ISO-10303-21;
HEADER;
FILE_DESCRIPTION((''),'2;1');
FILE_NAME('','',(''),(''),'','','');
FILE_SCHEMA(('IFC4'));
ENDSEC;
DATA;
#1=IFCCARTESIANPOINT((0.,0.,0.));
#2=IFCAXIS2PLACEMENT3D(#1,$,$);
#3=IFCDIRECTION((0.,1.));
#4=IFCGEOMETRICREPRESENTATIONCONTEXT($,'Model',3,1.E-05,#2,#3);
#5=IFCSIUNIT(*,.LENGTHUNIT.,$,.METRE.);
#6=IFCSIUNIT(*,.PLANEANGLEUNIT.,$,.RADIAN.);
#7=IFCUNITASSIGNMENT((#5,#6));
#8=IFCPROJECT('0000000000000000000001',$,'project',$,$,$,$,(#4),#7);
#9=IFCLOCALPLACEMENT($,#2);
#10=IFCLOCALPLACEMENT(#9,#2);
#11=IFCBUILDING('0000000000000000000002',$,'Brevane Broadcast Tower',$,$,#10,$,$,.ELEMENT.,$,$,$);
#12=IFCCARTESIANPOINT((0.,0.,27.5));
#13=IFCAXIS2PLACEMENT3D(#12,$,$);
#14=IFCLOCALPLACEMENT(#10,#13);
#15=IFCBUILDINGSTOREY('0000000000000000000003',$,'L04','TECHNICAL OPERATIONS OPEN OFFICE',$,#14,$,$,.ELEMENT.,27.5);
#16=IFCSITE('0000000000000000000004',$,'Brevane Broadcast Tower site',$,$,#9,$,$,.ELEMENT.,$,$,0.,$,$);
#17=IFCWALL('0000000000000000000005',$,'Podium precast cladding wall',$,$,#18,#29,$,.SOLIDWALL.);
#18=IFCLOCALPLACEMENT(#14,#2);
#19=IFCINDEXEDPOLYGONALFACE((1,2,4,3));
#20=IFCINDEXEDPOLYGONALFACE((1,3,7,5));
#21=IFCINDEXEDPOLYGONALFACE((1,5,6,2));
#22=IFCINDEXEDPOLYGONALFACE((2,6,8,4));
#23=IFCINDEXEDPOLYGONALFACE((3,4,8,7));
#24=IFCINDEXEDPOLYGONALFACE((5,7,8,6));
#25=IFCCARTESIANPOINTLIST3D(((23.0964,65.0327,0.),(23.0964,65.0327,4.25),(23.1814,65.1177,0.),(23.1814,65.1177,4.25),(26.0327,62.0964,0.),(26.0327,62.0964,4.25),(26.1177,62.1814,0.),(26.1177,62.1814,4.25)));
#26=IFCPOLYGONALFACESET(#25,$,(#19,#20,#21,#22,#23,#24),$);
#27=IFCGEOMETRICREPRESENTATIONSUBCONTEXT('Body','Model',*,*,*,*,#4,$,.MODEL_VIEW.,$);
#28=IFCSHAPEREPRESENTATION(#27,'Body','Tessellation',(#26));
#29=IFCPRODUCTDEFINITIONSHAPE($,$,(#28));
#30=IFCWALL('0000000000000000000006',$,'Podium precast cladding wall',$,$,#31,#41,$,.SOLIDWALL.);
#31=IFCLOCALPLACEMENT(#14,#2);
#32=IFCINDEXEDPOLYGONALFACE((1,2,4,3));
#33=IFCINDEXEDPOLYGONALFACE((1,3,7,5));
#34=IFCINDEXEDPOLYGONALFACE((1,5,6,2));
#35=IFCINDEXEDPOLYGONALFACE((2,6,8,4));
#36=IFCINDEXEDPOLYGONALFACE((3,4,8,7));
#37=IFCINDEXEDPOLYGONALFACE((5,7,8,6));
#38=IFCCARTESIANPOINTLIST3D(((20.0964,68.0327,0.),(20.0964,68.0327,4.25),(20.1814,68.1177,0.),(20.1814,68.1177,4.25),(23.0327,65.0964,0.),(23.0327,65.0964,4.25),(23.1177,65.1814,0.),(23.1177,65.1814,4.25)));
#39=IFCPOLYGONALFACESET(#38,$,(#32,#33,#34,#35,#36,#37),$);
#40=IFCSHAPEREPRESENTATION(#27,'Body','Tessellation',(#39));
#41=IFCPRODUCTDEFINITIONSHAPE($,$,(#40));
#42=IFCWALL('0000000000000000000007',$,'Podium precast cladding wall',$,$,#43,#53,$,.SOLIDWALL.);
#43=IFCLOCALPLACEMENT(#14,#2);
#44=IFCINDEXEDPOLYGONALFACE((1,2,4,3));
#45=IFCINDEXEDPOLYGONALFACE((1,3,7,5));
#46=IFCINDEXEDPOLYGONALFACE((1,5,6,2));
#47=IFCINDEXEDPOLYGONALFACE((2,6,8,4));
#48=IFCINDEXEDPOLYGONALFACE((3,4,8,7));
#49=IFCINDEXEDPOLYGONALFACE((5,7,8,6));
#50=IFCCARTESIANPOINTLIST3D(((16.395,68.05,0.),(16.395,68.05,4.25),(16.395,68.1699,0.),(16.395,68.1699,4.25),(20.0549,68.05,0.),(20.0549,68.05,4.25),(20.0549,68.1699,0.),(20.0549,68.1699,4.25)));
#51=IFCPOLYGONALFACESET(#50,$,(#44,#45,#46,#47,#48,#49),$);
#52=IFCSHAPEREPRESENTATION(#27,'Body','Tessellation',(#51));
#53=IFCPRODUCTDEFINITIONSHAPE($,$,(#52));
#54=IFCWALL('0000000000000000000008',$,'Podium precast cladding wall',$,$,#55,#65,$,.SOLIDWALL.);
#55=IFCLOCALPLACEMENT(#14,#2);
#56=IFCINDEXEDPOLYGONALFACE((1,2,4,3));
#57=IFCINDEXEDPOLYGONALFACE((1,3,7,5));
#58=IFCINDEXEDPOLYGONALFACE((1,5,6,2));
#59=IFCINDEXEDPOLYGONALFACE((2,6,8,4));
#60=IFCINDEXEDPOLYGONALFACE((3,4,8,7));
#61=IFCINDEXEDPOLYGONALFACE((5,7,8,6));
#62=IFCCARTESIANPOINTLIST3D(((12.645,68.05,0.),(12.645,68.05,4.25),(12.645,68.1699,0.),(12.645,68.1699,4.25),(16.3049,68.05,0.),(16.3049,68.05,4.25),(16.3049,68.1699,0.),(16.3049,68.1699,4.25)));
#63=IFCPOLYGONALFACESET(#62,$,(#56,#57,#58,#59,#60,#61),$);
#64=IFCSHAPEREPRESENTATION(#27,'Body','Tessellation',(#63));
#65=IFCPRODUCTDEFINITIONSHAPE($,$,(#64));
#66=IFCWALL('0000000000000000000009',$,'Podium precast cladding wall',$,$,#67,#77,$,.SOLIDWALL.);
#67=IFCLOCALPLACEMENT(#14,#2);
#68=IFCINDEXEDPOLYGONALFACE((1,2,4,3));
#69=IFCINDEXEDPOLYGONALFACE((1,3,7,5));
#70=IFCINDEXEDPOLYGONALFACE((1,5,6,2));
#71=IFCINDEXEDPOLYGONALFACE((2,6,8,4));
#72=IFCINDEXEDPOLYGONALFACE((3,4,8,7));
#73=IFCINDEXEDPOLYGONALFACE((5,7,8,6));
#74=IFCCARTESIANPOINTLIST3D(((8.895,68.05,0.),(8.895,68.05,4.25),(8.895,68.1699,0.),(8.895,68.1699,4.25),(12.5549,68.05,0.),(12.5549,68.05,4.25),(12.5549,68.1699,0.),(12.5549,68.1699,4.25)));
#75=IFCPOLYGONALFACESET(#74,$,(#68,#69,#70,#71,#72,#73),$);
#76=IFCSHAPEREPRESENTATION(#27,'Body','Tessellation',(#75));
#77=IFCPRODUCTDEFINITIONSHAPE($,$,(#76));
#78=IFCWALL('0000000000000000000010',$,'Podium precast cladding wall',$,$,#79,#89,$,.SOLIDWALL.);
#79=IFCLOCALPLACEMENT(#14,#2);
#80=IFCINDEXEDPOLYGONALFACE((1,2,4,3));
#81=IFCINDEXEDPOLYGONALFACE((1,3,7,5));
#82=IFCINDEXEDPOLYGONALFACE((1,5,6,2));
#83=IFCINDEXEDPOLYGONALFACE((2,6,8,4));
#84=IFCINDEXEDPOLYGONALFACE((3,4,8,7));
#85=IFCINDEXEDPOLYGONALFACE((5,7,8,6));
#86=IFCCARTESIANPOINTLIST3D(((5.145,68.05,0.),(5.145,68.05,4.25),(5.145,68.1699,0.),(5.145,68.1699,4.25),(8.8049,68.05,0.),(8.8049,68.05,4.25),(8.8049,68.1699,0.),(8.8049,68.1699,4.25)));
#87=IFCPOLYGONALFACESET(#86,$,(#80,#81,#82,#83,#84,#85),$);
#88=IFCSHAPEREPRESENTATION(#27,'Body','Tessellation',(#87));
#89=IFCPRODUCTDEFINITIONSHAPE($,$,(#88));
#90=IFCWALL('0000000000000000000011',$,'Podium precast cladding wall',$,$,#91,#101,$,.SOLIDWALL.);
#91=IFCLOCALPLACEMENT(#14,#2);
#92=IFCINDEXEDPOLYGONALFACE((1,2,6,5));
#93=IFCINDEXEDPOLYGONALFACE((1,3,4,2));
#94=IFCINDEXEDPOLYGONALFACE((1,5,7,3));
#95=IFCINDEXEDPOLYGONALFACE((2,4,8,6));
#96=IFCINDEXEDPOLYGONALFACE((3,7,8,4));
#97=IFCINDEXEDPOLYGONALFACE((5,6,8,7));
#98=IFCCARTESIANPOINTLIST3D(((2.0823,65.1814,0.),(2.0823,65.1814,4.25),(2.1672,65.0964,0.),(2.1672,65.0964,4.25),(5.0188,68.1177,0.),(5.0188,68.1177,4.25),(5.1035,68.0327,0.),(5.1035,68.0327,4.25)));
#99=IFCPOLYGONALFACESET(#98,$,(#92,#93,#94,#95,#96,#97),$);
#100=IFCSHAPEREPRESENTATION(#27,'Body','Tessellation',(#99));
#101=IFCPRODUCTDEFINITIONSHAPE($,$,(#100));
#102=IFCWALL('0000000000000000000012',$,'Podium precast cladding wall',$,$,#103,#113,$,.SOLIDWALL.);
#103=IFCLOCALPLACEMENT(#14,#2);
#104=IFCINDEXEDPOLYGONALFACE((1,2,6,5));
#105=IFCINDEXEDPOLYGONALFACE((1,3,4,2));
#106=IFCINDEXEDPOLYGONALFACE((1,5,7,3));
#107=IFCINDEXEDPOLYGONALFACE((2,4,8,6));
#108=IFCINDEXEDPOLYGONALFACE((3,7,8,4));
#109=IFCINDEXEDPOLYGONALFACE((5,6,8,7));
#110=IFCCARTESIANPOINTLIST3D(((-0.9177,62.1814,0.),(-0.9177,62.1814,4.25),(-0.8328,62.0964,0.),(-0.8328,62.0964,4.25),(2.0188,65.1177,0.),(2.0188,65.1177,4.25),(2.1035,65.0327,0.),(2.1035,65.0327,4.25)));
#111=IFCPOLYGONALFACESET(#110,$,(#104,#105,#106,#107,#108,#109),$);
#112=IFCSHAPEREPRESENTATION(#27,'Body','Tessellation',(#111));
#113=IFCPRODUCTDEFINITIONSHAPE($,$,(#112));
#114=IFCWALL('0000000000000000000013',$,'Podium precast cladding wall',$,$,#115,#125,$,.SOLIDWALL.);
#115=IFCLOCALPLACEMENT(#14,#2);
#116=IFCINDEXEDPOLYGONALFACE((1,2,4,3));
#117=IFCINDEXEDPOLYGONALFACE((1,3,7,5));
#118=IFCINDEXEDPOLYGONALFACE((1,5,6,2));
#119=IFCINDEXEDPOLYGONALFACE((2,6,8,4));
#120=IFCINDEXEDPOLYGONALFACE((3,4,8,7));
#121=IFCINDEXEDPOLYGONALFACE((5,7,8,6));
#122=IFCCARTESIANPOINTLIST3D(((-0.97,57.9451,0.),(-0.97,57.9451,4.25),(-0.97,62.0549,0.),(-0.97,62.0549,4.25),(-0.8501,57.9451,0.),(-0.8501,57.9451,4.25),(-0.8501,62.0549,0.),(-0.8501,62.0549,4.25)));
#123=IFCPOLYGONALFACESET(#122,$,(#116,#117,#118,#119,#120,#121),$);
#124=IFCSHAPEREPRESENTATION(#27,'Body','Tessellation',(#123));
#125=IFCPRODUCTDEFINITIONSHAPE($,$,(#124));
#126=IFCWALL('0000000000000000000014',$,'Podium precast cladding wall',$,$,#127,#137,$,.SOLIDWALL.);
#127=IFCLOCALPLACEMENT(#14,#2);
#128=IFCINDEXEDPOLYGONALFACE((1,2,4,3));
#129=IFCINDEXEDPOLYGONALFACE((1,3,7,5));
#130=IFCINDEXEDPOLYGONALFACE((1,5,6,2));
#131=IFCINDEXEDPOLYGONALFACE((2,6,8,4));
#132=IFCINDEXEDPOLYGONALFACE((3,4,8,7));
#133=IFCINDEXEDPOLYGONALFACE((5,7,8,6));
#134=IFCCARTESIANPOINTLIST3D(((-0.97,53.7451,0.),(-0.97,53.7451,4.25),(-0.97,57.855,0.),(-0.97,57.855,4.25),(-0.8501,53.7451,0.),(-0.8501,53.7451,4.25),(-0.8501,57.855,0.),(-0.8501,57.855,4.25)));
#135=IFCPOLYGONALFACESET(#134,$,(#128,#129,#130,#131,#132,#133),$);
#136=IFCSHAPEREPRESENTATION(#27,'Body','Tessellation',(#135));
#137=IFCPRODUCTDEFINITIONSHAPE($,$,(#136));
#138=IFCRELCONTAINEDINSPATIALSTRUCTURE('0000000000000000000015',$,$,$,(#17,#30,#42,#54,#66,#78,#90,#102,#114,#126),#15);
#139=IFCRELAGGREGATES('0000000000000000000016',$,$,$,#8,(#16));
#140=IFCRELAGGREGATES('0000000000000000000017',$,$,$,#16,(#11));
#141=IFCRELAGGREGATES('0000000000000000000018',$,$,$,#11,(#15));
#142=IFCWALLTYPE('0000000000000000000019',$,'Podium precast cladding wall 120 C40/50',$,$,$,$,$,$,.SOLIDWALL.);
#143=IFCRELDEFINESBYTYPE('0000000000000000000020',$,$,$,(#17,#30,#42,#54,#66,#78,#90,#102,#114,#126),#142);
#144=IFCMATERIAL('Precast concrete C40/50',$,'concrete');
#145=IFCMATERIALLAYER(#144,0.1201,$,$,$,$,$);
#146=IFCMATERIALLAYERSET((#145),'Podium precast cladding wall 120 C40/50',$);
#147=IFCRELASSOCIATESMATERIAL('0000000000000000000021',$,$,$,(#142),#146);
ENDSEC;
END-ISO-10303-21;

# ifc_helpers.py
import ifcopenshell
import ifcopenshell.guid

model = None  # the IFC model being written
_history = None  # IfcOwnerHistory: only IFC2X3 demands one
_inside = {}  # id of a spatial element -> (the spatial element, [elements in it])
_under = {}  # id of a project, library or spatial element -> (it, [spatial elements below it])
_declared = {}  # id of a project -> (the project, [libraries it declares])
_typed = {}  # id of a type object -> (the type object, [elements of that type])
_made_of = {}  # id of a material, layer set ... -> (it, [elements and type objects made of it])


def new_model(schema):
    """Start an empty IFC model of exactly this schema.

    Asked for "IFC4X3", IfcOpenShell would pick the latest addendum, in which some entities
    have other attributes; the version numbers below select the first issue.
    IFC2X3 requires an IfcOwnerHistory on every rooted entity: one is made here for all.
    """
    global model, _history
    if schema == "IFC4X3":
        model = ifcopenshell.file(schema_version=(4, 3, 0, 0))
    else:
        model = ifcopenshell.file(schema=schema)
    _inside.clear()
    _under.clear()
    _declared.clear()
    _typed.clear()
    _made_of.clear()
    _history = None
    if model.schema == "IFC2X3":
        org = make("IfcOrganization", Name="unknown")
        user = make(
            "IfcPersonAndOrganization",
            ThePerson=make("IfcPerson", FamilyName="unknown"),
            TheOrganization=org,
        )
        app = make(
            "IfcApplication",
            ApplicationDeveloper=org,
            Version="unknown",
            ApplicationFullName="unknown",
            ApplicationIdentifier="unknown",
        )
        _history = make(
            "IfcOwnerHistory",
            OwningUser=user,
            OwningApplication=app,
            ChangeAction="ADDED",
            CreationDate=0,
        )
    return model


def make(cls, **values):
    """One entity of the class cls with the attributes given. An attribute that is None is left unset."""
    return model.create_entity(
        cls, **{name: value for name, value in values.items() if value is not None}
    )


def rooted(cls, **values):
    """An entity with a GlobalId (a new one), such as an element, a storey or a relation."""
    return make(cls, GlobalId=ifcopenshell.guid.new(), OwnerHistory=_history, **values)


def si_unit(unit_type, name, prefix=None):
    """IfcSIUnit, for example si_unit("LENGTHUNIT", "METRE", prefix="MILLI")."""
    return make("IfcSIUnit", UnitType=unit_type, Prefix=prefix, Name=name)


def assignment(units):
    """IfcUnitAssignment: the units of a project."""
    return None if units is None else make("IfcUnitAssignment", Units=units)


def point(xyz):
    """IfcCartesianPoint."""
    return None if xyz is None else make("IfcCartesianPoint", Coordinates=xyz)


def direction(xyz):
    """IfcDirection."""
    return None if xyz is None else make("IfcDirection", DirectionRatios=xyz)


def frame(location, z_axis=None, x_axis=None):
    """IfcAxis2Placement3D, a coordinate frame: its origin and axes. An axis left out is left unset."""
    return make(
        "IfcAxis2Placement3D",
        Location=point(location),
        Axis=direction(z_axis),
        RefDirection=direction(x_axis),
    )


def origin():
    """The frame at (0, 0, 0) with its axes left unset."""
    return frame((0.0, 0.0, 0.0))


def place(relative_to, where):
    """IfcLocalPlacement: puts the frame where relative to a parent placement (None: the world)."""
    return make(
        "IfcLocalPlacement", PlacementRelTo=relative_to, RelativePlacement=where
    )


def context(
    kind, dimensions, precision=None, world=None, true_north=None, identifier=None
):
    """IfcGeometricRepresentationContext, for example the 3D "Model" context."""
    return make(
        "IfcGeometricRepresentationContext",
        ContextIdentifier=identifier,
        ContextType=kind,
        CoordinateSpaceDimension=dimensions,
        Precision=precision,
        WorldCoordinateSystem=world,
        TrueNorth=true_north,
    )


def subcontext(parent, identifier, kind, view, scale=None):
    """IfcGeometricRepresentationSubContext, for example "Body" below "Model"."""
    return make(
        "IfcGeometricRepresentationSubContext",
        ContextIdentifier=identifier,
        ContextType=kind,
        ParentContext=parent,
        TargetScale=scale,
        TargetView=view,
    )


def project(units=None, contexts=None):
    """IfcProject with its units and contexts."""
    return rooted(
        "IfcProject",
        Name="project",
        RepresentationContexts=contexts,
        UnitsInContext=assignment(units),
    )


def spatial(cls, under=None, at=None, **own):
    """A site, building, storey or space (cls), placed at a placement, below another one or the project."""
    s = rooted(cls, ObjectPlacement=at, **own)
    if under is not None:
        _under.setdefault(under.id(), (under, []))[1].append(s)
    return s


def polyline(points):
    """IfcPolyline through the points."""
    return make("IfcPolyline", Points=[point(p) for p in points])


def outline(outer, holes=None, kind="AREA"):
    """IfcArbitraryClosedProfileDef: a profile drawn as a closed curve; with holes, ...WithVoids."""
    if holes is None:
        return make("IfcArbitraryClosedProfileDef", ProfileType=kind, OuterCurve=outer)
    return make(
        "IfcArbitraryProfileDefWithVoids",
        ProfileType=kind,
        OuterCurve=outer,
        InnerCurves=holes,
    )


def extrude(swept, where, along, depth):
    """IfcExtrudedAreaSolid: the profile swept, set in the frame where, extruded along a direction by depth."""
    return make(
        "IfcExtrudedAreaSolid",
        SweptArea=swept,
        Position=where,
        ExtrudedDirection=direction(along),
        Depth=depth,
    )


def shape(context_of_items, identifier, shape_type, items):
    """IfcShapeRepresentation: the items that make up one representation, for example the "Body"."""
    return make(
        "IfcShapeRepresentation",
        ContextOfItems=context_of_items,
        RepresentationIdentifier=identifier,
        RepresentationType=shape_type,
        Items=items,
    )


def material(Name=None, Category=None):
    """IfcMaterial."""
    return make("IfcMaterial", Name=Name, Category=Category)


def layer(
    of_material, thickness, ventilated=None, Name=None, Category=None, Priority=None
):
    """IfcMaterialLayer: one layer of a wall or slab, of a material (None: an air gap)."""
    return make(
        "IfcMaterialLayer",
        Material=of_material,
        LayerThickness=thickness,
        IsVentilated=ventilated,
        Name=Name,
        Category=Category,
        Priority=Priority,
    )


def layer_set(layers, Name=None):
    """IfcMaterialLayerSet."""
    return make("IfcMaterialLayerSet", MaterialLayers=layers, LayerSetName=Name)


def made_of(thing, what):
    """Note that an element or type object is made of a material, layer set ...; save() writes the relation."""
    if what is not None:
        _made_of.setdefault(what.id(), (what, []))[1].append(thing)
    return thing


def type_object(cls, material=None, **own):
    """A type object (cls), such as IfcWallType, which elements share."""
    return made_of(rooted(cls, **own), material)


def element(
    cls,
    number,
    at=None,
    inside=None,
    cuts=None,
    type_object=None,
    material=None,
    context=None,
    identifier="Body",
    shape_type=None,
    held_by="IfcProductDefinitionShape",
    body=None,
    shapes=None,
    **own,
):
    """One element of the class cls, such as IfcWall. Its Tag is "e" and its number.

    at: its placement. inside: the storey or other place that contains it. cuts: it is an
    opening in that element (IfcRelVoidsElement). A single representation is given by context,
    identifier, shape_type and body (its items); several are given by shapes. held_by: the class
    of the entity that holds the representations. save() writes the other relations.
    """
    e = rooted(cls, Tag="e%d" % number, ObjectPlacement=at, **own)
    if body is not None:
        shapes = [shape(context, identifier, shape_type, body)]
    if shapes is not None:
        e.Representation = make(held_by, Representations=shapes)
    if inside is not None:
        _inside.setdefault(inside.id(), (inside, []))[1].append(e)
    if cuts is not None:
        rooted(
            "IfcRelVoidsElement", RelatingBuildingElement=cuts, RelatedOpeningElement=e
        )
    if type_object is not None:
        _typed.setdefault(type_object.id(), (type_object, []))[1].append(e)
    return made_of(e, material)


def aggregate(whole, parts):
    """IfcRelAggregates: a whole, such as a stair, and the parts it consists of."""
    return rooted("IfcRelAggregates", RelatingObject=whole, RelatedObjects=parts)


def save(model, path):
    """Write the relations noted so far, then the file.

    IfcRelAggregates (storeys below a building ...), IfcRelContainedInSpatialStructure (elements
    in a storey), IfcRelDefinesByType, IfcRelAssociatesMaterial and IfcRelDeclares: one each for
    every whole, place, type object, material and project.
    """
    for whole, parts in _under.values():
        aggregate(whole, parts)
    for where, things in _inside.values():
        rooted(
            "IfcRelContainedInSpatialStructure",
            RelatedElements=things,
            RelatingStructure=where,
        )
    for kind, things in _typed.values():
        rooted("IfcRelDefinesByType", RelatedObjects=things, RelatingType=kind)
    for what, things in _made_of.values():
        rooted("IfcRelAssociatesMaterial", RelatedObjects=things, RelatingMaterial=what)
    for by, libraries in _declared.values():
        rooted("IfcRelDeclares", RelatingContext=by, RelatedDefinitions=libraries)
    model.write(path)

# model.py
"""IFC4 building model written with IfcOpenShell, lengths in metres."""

from ifc_helpers import new_model, si_unit, direction, frame, origin, place, context, subcontext, project, spatial, polyline, outline, extrude, material, layer, layer_set, type_object, element, save


model = new_model("IFC4")

# Units and contexts
model_context = context("Model", 3, precision=1e-05, world=origin(), true_north=direction((0.0, 1.0)))
body_context = subcontext(model_context, "Body", "Model", "MODEL_VIEW")
ifc_project = project(units=[si_unit("LENGTHUNIT", "METRE"), si_unit("PLANEANGLEUNIT", "RADIAN")], contexts=[model_context])

# Site, building, storey
site_placement = place(None, origin())
site = spatial("IfcSite", under=ifc_project, at=site_placement, Name="Brevane Broadcast Tower site", CompositionType="ELEMENT", RefElevation=0.0)
building_placement = place(site_placement, origin())
building = spatial("IfcBuilding", under=site, at=building_placement, Name="Brevane Broadcast Tower", CompositionType="ELEMENT")
storey_placement = place(building_placement, frame((0.0, 0.0, 27.5)))
storey = spatial("IfcBuildingStorey", under=building, at=storey_placement, Name="L04", Description="TECHNICAL OPERATIONS OPEN OFFICE", CompositionType="ELEMENT", Elevation=27.5)

# Walls
ifc_material_1 = material(Name="Precast concrete C40/50", Category="concrete")
ifc_layer = layer(ifc_material_1, 0.1201)
ifc_layer_set = layer_set([ifc_layer], Name="Podium precast cladding wall 120 C40/50")
wall_type = type_object("IfcWallType", Name="Podium precast cladding wall 120 C40/50", PredefinedType="SOLIDWALL", material=ifc_layer_set)
wall_1_placement = place(storey_placement, origin())
element("IfcWall", 1, at=wall_1_placement, inside=storey, type_object=wall_type, Name="Podium precast cladding wall", PredefinedType="SOLIDWALL", context=body_context, shape_type="SweptSolid", body=[
    extrude(outline(polyline([(26.0327, 62.0964), (23.0964, 65.0327), (23.1814, 65.1177), (26.1177, 62.1814), (26.0327, 62.0964)])), origin(), (0.0, 0.0, 1.0), 4.25),
])
wall_2_placement = place(storey_placement, origin())
element("IfcWall", 2, at=wall_2_placement, inside=storey, type_object=wall_type, Name="Podium precast cladding wall", PredefinedType="SOLIDWALL", context=body_context, shape_type="SweptSolid", body=[
    extrude(outline(polyline([(23.0327, 65.0964), (20.0964, 68.0327), (20.1814, 68.1177), (23.1177, 65.1814), (23.0327, 65.0964)])), origin(), (0.0, 0.0, 1.0), 4.25),
])
wall_3_placement = place(storey_placement, origin())
element("IfcWall", 3, at=wall_3_placement, inside=storey, type_object=wall_type, Name="Podium precast cladding wall", PredefinedType="SOLIDWALL", context=body_context, shape_type="SweptSolid", body=[
    extrude(outline(polyline([(16.395, 68.1699), (16.395, 68.05), (20.0549, 68.05), (20.0549, 68.1699), (16.395, 68.1699)])), origin(), (0.0, 0.0, 1.0), 4.25),
])
wall_4_placement = place(storey_placement, origin())
element("IfcWall", 4, at=wall_4_placement, inside=storey, type_object=wall_type, Name="Podium precast cladding wall", PredefinedType="SOLIDWALL", context=body_context, shape_type="SweptSolid", body=[
    extrude(outline(polyline([(12.645, 68.1699), (12.645, 68.05), (16.3049, 68.05), (16.3049, 68.1699), (12.645, 68.1699)])), origin(), (0.0, 0.0, 1.0), 4.25),
])
wall_5_placement = place(storey_placement, origin())
element("IfcWall", 5, at=wall_5_placement, inside=storey, type_object=wall_type, Name="Podium precast cladding wall", PredefinedType="SOLIDWALL", context=body_context, shape_type="SweptSolid", body=[
    extrude(outline(polyline([(8.895, 68.1699), (8.895, 68.05), (12.5549, 68.05), (12.5549, 68.1699), (8.895, 68.1699)])), origin(), (0.0, 0.0, 1.0), 4.25),
])
wall_6_placement = place(storey_placement, origin())
element("IfcWall", 6, at=wall_6_placement, inside=storey, type_object=wall_type, Name="Podium precast cladding wall", PredefinedType="SOLIDWALL", context=body_context, shape_type="SweptSolid", body=[
    extrude(outline(polyline([(5.145, 68.1699), (5.145, 68.05), (8.8049, 68.05), (8.8049, 68.1699), (5.145, 68.1699)])), origin(), (0.0, 0.0, 1.0), 4.25),
])
wall_7_placement = place(storey_placement, origin())
element("IfcWall", 7, at=wall_7_placement, inside=storey, type_object=wall_type, Name="Podium precast cladding wall", PredefinedType="SOLIDWALL", context=body_context, shape_type="SweptSolid", body=[
    extrude(outline(polyline([(5.1035, 68.0327), (2.1672, 65.0964), (2.0823, 65.1814), (5.0188, 68.1177), (5.1035, 68.0327)])), origin(), (0.0, 0.0, 1.0), 4.25),
])
wall_8_placement = place(storey_placement, origin())
element("IfcWall", 8, at=wall_8_placement, inside=storey, type_object=wall_type, Name="Podium precast cladding wall", PredefinedType="SOLIDWALL", context=body_context, shape_type="SweptSolid", body=[
    extrude(outline(polyline([(2.1035, 65.0327), (-0.8328, 62.0964), (-0.9177, 62.1814), (2.0188, 65.1177), (2.1035, 65.0327)])), origin(), (0.0, 0.0, 1.0), 4.25),
])
wall_9_placement = place(storey_placement, origin())
element("IfcWall", 9, at=wall_9_placement, inside=storey, type_object=wall_type, Name="Podium precast cladding wall", PredefinedType="SOLIDWALL", context=body_context, shape_type="SweptSolid", body=[
    extrude(outline(polyline([(-0.97, 57.9451), (-0.8501, 57.9451), (-0.8501, 62.0549), (-0.97, 62.0549), (-0.97, 57.9451)])), origin(), (0.0, 0.0, 1.0), 4.25),
])
wall_10_placement = place(storey_placement, origin())
element("IfcWall", 10, at=wall_10_placement, inside=storey, type_object=wall_type, Name="Podium precast cladding wall", PredefinedType="SOLIDWALL", context=body_context, shape_type="SweptSolid", body=[
    extrude(outline(polyline([(-0.97, 53.7451), (-0.8501, 53.7451), (-0.8501, 57.855), (-0.97, 57.855), (-0.97, 53.7451)])), origin(), (0.0, 0.0, 1.0), 4.25),
])

save(model, "model.ifc")
